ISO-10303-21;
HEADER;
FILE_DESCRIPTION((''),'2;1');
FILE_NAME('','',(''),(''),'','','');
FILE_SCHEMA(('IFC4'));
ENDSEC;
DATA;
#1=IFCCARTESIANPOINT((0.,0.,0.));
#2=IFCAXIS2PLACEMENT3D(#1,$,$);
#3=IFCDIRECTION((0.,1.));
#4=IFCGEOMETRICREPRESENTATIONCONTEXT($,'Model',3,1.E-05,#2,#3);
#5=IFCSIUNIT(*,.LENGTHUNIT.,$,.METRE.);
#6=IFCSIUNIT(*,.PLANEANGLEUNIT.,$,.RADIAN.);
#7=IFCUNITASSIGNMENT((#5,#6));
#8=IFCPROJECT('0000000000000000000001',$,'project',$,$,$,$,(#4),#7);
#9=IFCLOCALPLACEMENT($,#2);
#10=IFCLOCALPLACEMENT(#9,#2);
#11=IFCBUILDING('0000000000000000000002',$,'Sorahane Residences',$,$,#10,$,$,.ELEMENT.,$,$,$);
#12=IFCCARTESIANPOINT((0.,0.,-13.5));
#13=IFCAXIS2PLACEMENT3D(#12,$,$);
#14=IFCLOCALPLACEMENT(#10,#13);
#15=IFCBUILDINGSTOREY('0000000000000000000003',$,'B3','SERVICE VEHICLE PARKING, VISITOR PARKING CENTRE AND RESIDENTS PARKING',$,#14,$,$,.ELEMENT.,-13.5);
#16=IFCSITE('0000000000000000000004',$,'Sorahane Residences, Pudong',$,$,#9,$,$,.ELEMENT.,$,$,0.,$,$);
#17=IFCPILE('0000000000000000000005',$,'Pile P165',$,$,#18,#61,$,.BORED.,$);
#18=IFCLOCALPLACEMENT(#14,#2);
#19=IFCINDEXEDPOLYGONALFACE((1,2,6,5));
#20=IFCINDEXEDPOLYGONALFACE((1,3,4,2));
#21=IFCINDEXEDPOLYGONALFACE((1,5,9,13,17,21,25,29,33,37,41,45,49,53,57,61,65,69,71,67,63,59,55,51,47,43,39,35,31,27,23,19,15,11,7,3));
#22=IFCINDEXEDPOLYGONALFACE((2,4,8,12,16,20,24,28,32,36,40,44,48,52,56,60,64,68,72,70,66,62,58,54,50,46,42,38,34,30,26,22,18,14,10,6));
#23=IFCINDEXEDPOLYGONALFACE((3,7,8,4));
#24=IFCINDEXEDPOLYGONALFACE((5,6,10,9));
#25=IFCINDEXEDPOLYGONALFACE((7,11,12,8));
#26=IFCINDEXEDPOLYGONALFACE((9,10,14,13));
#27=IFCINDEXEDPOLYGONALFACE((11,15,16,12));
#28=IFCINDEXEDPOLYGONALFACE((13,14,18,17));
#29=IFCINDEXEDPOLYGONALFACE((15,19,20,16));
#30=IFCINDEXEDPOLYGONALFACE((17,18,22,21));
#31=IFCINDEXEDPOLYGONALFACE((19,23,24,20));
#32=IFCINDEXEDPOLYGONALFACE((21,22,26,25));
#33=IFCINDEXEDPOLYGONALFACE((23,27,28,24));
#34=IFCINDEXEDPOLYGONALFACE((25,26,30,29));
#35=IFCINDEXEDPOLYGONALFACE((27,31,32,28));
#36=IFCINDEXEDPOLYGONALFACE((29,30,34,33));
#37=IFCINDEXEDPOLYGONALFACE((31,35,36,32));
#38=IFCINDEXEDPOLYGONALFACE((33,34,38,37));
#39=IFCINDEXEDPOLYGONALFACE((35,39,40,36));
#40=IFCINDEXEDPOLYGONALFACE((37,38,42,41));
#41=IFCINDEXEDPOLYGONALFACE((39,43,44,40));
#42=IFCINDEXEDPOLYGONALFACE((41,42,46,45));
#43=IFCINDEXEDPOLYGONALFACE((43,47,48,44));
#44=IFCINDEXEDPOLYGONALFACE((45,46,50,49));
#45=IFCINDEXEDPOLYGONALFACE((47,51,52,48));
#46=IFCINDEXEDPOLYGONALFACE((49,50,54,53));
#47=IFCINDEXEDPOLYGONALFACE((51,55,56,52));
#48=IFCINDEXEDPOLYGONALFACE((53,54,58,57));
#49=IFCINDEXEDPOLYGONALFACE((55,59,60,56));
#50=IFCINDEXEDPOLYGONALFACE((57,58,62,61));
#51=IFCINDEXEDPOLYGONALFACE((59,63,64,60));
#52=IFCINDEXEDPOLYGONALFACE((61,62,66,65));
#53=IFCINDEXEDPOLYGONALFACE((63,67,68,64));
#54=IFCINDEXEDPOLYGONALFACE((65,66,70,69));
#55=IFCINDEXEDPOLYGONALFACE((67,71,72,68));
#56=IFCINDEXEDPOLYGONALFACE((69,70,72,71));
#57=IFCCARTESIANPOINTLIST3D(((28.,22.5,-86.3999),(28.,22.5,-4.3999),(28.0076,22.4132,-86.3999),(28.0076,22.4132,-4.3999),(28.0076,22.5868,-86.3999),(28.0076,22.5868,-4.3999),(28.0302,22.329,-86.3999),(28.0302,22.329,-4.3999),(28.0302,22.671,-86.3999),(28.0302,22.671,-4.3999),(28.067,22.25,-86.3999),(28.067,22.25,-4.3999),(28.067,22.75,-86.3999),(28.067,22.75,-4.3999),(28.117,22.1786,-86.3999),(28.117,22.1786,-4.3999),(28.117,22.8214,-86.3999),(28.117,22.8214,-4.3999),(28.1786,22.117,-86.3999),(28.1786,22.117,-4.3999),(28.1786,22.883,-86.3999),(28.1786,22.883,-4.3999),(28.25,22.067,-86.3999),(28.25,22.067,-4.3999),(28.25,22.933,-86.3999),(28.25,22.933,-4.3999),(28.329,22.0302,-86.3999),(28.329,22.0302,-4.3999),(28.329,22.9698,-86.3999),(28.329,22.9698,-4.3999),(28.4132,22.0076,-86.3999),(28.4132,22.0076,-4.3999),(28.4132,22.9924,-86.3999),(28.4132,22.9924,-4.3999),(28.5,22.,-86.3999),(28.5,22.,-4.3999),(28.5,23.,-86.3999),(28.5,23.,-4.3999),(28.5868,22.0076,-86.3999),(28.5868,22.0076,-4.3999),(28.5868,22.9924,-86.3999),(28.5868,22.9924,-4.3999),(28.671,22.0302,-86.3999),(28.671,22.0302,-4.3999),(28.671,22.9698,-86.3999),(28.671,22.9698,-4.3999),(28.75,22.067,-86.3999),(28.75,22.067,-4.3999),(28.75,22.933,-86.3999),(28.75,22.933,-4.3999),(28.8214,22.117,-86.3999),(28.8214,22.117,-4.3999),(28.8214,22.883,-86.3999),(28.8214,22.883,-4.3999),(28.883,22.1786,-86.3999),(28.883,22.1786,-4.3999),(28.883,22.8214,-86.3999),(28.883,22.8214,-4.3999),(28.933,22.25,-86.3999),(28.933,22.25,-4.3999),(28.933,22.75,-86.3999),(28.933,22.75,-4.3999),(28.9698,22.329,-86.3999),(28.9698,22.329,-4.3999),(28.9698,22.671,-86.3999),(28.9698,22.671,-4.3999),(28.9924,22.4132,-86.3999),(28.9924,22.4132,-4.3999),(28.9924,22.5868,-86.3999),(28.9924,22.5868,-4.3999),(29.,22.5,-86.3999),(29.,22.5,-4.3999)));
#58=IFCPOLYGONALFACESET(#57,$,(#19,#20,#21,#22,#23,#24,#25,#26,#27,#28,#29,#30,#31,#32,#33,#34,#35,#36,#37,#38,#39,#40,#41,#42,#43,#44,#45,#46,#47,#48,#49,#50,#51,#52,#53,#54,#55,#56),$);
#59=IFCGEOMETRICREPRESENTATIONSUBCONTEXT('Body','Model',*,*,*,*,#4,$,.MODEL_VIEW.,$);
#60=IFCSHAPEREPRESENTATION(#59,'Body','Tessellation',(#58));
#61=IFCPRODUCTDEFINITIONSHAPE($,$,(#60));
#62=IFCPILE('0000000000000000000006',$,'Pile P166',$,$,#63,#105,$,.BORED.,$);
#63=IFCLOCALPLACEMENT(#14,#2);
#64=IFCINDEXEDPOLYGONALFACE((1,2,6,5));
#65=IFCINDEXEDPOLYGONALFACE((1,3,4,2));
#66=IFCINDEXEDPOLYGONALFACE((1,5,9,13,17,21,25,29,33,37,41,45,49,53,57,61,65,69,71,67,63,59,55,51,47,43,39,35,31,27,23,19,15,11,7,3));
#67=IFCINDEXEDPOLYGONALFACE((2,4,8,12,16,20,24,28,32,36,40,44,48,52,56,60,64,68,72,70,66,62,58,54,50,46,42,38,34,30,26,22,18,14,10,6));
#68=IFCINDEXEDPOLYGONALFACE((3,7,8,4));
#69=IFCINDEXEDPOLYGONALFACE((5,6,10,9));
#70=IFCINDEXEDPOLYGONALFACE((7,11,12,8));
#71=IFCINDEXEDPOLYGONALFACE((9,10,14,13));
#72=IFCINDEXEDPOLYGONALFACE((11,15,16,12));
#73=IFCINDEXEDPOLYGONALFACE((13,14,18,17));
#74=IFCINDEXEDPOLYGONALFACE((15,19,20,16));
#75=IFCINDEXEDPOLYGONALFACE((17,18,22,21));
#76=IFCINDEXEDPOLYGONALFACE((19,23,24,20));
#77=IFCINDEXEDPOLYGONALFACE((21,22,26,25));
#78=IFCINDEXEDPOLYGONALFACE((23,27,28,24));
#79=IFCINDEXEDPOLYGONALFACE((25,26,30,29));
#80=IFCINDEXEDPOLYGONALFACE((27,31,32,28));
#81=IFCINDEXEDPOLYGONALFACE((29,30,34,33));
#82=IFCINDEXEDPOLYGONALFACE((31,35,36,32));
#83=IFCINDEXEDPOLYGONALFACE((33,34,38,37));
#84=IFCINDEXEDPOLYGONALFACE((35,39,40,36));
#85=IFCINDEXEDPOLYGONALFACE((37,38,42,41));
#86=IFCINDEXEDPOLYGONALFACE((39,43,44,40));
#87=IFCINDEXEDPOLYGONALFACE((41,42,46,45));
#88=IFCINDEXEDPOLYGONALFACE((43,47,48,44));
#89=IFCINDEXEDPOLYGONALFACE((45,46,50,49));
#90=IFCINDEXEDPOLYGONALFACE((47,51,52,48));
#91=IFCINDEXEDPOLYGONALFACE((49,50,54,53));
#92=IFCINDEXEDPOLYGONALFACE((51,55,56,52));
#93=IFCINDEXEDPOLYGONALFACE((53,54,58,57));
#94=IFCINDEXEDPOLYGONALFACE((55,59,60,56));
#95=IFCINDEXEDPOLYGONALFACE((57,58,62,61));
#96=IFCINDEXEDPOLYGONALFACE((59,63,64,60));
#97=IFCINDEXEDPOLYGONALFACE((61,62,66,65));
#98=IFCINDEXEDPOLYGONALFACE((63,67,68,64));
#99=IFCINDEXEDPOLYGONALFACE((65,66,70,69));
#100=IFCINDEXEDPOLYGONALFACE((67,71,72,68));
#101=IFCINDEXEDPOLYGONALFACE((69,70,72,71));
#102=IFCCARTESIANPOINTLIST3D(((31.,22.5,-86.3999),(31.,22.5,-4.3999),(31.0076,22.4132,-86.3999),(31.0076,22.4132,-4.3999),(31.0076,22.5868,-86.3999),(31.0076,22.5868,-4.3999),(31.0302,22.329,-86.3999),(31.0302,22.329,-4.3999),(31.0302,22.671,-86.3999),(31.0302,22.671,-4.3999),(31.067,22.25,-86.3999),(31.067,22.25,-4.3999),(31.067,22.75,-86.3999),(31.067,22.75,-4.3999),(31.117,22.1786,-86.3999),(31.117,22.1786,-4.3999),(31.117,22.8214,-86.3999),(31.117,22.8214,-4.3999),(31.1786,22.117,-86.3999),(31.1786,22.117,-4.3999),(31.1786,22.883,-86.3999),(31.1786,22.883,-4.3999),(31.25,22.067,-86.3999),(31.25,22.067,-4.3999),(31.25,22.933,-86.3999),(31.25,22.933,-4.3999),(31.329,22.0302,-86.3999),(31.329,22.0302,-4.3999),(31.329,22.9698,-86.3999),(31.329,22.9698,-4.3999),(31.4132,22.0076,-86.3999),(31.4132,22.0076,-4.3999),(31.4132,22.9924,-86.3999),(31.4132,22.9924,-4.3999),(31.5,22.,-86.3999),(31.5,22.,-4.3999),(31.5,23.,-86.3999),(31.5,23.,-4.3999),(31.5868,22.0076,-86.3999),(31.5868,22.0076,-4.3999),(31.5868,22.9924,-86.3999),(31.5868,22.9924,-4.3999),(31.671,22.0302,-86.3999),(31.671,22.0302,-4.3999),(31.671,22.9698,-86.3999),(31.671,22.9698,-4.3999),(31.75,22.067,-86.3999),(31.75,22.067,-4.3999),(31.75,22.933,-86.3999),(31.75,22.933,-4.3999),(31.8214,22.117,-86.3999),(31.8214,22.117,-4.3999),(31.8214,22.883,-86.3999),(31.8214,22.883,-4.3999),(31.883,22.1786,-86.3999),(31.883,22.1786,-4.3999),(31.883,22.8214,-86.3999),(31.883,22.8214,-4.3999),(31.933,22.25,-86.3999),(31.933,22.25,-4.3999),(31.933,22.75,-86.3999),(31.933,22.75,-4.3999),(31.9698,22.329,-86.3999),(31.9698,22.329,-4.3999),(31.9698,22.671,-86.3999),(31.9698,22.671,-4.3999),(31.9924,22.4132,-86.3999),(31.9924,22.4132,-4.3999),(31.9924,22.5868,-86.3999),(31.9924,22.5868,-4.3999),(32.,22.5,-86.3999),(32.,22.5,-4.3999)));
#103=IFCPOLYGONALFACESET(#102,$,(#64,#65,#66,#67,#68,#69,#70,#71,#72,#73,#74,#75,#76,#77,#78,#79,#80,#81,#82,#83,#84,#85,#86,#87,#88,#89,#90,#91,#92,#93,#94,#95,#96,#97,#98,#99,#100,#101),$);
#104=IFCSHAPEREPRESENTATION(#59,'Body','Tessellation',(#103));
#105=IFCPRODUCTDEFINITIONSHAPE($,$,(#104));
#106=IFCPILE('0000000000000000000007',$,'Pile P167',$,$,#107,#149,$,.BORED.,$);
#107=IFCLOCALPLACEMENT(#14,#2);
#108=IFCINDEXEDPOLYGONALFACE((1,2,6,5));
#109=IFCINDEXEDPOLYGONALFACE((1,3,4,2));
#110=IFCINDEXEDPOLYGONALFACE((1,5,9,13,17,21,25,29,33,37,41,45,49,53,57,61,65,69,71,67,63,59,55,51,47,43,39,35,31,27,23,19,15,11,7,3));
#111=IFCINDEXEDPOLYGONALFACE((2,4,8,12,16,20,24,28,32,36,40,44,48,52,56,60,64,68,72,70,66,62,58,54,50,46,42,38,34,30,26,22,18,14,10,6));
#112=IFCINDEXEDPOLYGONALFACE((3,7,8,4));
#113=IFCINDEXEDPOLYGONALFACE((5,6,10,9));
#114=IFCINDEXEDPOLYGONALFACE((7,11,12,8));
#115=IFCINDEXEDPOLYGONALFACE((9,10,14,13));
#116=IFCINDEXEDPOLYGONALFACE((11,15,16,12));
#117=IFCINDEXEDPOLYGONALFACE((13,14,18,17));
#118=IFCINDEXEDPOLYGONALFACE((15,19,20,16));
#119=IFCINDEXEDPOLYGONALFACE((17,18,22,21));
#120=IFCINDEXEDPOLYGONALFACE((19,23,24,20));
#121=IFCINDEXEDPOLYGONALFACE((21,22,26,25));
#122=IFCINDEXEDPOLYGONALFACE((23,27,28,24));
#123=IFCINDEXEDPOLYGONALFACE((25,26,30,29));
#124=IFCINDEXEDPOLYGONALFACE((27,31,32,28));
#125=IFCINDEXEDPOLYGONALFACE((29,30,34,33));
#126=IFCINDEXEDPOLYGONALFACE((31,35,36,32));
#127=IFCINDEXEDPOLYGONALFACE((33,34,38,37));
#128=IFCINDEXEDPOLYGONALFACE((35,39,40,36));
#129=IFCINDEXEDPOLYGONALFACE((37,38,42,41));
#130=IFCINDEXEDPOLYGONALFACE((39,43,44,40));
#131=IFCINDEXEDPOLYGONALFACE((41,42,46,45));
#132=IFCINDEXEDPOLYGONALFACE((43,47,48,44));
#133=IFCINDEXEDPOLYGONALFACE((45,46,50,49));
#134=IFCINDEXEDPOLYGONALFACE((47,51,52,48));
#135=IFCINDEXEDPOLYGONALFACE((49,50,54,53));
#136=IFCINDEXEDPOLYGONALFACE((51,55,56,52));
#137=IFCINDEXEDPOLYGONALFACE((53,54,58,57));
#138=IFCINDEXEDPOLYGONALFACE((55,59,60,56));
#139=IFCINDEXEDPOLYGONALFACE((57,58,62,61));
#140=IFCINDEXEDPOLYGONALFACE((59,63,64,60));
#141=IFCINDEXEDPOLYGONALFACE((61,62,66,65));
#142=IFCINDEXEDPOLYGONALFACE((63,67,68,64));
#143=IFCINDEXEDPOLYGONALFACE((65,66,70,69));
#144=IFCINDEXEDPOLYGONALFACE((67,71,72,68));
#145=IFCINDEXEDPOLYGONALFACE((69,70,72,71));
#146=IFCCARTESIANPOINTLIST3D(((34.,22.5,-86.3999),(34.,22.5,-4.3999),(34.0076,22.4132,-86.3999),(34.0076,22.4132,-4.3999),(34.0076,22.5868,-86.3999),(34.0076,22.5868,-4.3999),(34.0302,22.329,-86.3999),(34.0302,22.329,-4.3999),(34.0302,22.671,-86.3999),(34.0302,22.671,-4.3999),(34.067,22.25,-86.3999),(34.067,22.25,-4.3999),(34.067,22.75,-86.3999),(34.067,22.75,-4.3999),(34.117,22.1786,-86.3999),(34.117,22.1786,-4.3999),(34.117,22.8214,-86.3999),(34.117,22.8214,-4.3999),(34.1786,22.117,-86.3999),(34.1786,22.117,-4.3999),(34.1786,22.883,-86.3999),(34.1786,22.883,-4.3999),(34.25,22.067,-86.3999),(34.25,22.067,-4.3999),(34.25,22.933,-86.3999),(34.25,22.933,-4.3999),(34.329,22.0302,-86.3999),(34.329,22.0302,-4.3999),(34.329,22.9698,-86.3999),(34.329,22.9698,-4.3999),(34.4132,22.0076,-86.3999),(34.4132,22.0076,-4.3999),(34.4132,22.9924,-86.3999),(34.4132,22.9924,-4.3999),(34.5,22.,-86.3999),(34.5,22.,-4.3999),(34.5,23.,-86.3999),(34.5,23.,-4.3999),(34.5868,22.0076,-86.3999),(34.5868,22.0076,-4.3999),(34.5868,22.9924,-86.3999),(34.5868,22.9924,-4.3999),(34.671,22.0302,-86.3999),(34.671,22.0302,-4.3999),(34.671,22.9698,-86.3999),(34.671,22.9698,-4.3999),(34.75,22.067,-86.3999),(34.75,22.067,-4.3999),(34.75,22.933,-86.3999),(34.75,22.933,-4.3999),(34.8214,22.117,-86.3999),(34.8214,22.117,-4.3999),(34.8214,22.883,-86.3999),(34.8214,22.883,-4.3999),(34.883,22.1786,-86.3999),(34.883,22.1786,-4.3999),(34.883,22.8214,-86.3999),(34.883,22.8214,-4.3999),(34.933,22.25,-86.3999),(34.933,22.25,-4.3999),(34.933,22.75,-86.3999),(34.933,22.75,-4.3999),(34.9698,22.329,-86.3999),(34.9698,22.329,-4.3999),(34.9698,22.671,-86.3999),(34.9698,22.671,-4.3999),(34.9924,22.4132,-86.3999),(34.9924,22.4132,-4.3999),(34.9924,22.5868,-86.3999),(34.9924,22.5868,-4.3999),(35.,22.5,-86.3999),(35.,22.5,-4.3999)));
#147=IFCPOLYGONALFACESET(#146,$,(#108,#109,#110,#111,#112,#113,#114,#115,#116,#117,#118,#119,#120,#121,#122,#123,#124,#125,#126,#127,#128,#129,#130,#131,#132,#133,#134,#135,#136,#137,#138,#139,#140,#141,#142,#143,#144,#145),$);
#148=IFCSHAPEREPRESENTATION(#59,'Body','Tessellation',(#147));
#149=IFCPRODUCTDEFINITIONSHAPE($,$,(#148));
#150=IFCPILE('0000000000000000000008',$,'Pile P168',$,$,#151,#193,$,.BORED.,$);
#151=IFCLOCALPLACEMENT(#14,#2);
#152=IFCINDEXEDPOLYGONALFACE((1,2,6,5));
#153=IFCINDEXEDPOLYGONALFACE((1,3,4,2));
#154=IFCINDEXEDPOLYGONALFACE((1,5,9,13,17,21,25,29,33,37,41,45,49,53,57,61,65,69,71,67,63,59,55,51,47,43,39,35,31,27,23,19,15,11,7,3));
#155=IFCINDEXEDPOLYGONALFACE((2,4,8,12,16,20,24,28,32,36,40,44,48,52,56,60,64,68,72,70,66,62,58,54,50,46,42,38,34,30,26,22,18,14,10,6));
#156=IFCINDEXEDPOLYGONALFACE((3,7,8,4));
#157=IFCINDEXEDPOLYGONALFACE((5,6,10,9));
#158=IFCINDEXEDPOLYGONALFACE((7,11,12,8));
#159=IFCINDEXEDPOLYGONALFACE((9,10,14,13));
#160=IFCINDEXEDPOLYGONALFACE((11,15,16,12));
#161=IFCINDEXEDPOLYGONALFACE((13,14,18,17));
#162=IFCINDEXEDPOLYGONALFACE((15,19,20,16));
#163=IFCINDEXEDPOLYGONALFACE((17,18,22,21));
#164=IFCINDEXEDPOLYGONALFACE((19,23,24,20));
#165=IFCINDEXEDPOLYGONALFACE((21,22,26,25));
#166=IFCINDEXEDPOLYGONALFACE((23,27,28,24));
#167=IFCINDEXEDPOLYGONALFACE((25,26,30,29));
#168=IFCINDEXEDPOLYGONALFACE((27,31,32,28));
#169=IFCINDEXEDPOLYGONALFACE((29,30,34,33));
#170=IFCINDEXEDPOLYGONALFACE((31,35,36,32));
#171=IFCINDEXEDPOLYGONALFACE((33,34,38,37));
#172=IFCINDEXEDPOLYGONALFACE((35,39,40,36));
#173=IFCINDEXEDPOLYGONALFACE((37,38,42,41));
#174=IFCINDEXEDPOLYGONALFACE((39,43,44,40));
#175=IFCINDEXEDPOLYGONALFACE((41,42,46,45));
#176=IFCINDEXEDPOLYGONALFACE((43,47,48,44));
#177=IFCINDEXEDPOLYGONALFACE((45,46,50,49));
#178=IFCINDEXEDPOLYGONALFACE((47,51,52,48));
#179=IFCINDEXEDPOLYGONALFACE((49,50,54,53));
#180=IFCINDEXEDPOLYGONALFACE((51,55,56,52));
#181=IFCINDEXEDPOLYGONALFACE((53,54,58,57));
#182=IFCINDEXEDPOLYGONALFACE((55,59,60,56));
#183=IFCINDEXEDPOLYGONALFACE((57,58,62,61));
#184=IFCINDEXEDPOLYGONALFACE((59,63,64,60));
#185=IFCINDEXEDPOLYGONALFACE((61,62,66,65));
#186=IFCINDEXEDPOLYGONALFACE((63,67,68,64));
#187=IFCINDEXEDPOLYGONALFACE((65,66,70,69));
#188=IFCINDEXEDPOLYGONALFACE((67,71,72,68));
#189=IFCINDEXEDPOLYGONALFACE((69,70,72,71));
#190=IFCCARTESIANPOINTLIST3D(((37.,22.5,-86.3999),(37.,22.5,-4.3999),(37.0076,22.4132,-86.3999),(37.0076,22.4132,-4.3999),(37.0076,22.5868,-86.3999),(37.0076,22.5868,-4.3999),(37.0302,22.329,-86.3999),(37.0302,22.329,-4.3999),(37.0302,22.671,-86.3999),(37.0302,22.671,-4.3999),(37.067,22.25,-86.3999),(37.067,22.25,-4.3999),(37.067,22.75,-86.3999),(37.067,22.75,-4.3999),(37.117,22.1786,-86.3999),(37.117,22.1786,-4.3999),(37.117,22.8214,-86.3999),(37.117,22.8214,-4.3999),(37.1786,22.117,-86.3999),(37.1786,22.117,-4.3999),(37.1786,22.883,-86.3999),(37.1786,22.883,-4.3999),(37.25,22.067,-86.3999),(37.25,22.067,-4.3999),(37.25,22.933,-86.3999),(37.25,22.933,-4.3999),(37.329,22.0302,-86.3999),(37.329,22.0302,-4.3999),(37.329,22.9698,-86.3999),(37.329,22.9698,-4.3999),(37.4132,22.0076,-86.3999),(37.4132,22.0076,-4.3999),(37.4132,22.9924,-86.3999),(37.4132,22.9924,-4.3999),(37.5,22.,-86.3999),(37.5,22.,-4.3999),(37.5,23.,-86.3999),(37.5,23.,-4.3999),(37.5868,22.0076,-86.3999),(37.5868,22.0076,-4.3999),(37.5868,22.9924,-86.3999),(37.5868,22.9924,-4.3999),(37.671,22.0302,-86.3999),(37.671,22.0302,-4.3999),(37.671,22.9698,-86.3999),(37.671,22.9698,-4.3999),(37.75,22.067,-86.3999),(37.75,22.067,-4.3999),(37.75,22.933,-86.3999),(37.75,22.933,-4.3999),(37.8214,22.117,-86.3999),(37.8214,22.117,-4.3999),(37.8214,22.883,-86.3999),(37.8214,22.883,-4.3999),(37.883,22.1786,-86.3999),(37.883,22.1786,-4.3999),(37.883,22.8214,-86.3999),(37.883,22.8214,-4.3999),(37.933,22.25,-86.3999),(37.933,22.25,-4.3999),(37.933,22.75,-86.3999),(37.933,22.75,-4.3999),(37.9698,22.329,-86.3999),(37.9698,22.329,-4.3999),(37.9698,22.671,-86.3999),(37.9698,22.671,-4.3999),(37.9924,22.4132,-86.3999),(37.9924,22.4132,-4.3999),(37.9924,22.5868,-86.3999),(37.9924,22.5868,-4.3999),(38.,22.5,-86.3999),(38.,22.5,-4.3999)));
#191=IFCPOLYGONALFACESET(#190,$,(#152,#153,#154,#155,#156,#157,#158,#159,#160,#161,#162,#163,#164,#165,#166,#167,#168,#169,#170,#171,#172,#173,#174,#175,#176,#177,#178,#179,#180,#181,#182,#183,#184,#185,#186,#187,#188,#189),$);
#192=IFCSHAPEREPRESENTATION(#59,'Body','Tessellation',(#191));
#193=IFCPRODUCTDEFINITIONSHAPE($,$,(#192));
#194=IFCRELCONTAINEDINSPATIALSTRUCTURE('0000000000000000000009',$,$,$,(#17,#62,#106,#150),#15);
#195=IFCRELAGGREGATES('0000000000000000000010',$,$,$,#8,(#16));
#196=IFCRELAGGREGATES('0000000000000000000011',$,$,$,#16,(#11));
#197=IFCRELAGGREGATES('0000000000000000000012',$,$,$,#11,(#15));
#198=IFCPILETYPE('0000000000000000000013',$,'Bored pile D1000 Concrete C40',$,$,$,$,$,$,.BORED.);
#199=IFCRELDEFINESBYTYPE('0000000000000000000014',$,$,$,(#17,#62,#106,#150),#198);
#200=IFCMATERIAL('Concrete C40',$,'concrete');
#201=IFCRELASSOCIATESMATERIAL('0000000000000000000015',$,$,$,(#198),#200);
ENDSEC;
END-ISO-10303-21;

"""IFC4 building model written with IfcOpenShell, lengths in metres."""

from ifc_helpers import new_model, si_unit, direction, frame, origin, origin_2d, place, context, subcontext, project, spatial, circle, extrude, material, material_profile, profile_set, type_object, element, save


model = new_model("IFC4")

# Units and contexts
model_context = context("Model", 3, precision=1e-05, world=origin(), true_north=direction((0.0, 1.0)))
body_context = subcontext(model_context, "Body", "Model", "MODEL_VIEW")
ifc_project = project(units=[si_unit("LENGTHUNIT", "METRE"), si_unit("PLANEANGLEUNIT", "RADIAN")], contexts=[model_context])

# Site, building, storey
site_placement = place(None, origin())
site = spatial("IfcSite", under=ifc_project, at=site_placement, Name="Sorahane Residences, Pudong", CompositionType="ELEMENT", RefElevation=0.0)
building_placement = place(site_placement, origin())
building = spatial("IfcBuilding", under=site, at=building_placement, Name="Sorahane Residences", CompositionType="ELEMENT")
storey_placement = place(building_placement, frame((0.0, 0.0, -13.5)))
storey = spatial("IfcBuildingStorey", under=building, at=storey_placement, Name="B3", Description="SERVICE VEHICLE PARKING, VISITOR PARKING CENTRE AND RESIDENTS PARKING", CompositionType="ELEMENT", Elevation=-13.5)

# Piles
ifc_material_1 = material(Name="Concrete C40", Category="concrete")
ifc_material_profile_1 = material_profile(ifc_material_1, circle(Radius=0.5, at=origin_2d()), Name="D1000")
ifc_profile_set_1 = profile_set([ifc_material_profile_1], Name="Concrete C40")
pile_type = type_object("IfcPileType", Name="Bored pile D1000 Concrete C40", PredefinedType="BORED", material=ifc_profile_set_1)
for number, where, z_axis, x_axis, name in (
    (1, (28.5, 22.5, -4.3999), (0.0, 0.0, -1.0), (1.0, 0.0, 0.0), "Pile P165"),
    (2, (31.5, 22.5, -4.3999), (0.0, 0.0, -1.0), (1.0, 0.0, 0.0), "Pile P166"),
    (3, (34.5, 22.5, -4.3999), (0.0, 0.0, -1.0), (1.0, 0.0, 0.0), "Pile P167"),
    (4, (37.5, 22.5, -4.3999), (0.0, 0.0, -1.0), (1.0, 0.0, 0.0), "Pile P168"),
):
    element("IfcPile", number, at=place(storey_placement, frame(where, z_axis=z_axis, x_axis=x_axis)), inside=storey, type_object=pile_type, Name=name, PredefinedType="BORED", context=body_context, shape_type="SweptSolid", body=[
        extrude(circle(Radius=0.5, at=origin_2d()), origin(), (0.0, 0.0, 1.0), 82.0),
    ])

save(model, "model.ifc")
